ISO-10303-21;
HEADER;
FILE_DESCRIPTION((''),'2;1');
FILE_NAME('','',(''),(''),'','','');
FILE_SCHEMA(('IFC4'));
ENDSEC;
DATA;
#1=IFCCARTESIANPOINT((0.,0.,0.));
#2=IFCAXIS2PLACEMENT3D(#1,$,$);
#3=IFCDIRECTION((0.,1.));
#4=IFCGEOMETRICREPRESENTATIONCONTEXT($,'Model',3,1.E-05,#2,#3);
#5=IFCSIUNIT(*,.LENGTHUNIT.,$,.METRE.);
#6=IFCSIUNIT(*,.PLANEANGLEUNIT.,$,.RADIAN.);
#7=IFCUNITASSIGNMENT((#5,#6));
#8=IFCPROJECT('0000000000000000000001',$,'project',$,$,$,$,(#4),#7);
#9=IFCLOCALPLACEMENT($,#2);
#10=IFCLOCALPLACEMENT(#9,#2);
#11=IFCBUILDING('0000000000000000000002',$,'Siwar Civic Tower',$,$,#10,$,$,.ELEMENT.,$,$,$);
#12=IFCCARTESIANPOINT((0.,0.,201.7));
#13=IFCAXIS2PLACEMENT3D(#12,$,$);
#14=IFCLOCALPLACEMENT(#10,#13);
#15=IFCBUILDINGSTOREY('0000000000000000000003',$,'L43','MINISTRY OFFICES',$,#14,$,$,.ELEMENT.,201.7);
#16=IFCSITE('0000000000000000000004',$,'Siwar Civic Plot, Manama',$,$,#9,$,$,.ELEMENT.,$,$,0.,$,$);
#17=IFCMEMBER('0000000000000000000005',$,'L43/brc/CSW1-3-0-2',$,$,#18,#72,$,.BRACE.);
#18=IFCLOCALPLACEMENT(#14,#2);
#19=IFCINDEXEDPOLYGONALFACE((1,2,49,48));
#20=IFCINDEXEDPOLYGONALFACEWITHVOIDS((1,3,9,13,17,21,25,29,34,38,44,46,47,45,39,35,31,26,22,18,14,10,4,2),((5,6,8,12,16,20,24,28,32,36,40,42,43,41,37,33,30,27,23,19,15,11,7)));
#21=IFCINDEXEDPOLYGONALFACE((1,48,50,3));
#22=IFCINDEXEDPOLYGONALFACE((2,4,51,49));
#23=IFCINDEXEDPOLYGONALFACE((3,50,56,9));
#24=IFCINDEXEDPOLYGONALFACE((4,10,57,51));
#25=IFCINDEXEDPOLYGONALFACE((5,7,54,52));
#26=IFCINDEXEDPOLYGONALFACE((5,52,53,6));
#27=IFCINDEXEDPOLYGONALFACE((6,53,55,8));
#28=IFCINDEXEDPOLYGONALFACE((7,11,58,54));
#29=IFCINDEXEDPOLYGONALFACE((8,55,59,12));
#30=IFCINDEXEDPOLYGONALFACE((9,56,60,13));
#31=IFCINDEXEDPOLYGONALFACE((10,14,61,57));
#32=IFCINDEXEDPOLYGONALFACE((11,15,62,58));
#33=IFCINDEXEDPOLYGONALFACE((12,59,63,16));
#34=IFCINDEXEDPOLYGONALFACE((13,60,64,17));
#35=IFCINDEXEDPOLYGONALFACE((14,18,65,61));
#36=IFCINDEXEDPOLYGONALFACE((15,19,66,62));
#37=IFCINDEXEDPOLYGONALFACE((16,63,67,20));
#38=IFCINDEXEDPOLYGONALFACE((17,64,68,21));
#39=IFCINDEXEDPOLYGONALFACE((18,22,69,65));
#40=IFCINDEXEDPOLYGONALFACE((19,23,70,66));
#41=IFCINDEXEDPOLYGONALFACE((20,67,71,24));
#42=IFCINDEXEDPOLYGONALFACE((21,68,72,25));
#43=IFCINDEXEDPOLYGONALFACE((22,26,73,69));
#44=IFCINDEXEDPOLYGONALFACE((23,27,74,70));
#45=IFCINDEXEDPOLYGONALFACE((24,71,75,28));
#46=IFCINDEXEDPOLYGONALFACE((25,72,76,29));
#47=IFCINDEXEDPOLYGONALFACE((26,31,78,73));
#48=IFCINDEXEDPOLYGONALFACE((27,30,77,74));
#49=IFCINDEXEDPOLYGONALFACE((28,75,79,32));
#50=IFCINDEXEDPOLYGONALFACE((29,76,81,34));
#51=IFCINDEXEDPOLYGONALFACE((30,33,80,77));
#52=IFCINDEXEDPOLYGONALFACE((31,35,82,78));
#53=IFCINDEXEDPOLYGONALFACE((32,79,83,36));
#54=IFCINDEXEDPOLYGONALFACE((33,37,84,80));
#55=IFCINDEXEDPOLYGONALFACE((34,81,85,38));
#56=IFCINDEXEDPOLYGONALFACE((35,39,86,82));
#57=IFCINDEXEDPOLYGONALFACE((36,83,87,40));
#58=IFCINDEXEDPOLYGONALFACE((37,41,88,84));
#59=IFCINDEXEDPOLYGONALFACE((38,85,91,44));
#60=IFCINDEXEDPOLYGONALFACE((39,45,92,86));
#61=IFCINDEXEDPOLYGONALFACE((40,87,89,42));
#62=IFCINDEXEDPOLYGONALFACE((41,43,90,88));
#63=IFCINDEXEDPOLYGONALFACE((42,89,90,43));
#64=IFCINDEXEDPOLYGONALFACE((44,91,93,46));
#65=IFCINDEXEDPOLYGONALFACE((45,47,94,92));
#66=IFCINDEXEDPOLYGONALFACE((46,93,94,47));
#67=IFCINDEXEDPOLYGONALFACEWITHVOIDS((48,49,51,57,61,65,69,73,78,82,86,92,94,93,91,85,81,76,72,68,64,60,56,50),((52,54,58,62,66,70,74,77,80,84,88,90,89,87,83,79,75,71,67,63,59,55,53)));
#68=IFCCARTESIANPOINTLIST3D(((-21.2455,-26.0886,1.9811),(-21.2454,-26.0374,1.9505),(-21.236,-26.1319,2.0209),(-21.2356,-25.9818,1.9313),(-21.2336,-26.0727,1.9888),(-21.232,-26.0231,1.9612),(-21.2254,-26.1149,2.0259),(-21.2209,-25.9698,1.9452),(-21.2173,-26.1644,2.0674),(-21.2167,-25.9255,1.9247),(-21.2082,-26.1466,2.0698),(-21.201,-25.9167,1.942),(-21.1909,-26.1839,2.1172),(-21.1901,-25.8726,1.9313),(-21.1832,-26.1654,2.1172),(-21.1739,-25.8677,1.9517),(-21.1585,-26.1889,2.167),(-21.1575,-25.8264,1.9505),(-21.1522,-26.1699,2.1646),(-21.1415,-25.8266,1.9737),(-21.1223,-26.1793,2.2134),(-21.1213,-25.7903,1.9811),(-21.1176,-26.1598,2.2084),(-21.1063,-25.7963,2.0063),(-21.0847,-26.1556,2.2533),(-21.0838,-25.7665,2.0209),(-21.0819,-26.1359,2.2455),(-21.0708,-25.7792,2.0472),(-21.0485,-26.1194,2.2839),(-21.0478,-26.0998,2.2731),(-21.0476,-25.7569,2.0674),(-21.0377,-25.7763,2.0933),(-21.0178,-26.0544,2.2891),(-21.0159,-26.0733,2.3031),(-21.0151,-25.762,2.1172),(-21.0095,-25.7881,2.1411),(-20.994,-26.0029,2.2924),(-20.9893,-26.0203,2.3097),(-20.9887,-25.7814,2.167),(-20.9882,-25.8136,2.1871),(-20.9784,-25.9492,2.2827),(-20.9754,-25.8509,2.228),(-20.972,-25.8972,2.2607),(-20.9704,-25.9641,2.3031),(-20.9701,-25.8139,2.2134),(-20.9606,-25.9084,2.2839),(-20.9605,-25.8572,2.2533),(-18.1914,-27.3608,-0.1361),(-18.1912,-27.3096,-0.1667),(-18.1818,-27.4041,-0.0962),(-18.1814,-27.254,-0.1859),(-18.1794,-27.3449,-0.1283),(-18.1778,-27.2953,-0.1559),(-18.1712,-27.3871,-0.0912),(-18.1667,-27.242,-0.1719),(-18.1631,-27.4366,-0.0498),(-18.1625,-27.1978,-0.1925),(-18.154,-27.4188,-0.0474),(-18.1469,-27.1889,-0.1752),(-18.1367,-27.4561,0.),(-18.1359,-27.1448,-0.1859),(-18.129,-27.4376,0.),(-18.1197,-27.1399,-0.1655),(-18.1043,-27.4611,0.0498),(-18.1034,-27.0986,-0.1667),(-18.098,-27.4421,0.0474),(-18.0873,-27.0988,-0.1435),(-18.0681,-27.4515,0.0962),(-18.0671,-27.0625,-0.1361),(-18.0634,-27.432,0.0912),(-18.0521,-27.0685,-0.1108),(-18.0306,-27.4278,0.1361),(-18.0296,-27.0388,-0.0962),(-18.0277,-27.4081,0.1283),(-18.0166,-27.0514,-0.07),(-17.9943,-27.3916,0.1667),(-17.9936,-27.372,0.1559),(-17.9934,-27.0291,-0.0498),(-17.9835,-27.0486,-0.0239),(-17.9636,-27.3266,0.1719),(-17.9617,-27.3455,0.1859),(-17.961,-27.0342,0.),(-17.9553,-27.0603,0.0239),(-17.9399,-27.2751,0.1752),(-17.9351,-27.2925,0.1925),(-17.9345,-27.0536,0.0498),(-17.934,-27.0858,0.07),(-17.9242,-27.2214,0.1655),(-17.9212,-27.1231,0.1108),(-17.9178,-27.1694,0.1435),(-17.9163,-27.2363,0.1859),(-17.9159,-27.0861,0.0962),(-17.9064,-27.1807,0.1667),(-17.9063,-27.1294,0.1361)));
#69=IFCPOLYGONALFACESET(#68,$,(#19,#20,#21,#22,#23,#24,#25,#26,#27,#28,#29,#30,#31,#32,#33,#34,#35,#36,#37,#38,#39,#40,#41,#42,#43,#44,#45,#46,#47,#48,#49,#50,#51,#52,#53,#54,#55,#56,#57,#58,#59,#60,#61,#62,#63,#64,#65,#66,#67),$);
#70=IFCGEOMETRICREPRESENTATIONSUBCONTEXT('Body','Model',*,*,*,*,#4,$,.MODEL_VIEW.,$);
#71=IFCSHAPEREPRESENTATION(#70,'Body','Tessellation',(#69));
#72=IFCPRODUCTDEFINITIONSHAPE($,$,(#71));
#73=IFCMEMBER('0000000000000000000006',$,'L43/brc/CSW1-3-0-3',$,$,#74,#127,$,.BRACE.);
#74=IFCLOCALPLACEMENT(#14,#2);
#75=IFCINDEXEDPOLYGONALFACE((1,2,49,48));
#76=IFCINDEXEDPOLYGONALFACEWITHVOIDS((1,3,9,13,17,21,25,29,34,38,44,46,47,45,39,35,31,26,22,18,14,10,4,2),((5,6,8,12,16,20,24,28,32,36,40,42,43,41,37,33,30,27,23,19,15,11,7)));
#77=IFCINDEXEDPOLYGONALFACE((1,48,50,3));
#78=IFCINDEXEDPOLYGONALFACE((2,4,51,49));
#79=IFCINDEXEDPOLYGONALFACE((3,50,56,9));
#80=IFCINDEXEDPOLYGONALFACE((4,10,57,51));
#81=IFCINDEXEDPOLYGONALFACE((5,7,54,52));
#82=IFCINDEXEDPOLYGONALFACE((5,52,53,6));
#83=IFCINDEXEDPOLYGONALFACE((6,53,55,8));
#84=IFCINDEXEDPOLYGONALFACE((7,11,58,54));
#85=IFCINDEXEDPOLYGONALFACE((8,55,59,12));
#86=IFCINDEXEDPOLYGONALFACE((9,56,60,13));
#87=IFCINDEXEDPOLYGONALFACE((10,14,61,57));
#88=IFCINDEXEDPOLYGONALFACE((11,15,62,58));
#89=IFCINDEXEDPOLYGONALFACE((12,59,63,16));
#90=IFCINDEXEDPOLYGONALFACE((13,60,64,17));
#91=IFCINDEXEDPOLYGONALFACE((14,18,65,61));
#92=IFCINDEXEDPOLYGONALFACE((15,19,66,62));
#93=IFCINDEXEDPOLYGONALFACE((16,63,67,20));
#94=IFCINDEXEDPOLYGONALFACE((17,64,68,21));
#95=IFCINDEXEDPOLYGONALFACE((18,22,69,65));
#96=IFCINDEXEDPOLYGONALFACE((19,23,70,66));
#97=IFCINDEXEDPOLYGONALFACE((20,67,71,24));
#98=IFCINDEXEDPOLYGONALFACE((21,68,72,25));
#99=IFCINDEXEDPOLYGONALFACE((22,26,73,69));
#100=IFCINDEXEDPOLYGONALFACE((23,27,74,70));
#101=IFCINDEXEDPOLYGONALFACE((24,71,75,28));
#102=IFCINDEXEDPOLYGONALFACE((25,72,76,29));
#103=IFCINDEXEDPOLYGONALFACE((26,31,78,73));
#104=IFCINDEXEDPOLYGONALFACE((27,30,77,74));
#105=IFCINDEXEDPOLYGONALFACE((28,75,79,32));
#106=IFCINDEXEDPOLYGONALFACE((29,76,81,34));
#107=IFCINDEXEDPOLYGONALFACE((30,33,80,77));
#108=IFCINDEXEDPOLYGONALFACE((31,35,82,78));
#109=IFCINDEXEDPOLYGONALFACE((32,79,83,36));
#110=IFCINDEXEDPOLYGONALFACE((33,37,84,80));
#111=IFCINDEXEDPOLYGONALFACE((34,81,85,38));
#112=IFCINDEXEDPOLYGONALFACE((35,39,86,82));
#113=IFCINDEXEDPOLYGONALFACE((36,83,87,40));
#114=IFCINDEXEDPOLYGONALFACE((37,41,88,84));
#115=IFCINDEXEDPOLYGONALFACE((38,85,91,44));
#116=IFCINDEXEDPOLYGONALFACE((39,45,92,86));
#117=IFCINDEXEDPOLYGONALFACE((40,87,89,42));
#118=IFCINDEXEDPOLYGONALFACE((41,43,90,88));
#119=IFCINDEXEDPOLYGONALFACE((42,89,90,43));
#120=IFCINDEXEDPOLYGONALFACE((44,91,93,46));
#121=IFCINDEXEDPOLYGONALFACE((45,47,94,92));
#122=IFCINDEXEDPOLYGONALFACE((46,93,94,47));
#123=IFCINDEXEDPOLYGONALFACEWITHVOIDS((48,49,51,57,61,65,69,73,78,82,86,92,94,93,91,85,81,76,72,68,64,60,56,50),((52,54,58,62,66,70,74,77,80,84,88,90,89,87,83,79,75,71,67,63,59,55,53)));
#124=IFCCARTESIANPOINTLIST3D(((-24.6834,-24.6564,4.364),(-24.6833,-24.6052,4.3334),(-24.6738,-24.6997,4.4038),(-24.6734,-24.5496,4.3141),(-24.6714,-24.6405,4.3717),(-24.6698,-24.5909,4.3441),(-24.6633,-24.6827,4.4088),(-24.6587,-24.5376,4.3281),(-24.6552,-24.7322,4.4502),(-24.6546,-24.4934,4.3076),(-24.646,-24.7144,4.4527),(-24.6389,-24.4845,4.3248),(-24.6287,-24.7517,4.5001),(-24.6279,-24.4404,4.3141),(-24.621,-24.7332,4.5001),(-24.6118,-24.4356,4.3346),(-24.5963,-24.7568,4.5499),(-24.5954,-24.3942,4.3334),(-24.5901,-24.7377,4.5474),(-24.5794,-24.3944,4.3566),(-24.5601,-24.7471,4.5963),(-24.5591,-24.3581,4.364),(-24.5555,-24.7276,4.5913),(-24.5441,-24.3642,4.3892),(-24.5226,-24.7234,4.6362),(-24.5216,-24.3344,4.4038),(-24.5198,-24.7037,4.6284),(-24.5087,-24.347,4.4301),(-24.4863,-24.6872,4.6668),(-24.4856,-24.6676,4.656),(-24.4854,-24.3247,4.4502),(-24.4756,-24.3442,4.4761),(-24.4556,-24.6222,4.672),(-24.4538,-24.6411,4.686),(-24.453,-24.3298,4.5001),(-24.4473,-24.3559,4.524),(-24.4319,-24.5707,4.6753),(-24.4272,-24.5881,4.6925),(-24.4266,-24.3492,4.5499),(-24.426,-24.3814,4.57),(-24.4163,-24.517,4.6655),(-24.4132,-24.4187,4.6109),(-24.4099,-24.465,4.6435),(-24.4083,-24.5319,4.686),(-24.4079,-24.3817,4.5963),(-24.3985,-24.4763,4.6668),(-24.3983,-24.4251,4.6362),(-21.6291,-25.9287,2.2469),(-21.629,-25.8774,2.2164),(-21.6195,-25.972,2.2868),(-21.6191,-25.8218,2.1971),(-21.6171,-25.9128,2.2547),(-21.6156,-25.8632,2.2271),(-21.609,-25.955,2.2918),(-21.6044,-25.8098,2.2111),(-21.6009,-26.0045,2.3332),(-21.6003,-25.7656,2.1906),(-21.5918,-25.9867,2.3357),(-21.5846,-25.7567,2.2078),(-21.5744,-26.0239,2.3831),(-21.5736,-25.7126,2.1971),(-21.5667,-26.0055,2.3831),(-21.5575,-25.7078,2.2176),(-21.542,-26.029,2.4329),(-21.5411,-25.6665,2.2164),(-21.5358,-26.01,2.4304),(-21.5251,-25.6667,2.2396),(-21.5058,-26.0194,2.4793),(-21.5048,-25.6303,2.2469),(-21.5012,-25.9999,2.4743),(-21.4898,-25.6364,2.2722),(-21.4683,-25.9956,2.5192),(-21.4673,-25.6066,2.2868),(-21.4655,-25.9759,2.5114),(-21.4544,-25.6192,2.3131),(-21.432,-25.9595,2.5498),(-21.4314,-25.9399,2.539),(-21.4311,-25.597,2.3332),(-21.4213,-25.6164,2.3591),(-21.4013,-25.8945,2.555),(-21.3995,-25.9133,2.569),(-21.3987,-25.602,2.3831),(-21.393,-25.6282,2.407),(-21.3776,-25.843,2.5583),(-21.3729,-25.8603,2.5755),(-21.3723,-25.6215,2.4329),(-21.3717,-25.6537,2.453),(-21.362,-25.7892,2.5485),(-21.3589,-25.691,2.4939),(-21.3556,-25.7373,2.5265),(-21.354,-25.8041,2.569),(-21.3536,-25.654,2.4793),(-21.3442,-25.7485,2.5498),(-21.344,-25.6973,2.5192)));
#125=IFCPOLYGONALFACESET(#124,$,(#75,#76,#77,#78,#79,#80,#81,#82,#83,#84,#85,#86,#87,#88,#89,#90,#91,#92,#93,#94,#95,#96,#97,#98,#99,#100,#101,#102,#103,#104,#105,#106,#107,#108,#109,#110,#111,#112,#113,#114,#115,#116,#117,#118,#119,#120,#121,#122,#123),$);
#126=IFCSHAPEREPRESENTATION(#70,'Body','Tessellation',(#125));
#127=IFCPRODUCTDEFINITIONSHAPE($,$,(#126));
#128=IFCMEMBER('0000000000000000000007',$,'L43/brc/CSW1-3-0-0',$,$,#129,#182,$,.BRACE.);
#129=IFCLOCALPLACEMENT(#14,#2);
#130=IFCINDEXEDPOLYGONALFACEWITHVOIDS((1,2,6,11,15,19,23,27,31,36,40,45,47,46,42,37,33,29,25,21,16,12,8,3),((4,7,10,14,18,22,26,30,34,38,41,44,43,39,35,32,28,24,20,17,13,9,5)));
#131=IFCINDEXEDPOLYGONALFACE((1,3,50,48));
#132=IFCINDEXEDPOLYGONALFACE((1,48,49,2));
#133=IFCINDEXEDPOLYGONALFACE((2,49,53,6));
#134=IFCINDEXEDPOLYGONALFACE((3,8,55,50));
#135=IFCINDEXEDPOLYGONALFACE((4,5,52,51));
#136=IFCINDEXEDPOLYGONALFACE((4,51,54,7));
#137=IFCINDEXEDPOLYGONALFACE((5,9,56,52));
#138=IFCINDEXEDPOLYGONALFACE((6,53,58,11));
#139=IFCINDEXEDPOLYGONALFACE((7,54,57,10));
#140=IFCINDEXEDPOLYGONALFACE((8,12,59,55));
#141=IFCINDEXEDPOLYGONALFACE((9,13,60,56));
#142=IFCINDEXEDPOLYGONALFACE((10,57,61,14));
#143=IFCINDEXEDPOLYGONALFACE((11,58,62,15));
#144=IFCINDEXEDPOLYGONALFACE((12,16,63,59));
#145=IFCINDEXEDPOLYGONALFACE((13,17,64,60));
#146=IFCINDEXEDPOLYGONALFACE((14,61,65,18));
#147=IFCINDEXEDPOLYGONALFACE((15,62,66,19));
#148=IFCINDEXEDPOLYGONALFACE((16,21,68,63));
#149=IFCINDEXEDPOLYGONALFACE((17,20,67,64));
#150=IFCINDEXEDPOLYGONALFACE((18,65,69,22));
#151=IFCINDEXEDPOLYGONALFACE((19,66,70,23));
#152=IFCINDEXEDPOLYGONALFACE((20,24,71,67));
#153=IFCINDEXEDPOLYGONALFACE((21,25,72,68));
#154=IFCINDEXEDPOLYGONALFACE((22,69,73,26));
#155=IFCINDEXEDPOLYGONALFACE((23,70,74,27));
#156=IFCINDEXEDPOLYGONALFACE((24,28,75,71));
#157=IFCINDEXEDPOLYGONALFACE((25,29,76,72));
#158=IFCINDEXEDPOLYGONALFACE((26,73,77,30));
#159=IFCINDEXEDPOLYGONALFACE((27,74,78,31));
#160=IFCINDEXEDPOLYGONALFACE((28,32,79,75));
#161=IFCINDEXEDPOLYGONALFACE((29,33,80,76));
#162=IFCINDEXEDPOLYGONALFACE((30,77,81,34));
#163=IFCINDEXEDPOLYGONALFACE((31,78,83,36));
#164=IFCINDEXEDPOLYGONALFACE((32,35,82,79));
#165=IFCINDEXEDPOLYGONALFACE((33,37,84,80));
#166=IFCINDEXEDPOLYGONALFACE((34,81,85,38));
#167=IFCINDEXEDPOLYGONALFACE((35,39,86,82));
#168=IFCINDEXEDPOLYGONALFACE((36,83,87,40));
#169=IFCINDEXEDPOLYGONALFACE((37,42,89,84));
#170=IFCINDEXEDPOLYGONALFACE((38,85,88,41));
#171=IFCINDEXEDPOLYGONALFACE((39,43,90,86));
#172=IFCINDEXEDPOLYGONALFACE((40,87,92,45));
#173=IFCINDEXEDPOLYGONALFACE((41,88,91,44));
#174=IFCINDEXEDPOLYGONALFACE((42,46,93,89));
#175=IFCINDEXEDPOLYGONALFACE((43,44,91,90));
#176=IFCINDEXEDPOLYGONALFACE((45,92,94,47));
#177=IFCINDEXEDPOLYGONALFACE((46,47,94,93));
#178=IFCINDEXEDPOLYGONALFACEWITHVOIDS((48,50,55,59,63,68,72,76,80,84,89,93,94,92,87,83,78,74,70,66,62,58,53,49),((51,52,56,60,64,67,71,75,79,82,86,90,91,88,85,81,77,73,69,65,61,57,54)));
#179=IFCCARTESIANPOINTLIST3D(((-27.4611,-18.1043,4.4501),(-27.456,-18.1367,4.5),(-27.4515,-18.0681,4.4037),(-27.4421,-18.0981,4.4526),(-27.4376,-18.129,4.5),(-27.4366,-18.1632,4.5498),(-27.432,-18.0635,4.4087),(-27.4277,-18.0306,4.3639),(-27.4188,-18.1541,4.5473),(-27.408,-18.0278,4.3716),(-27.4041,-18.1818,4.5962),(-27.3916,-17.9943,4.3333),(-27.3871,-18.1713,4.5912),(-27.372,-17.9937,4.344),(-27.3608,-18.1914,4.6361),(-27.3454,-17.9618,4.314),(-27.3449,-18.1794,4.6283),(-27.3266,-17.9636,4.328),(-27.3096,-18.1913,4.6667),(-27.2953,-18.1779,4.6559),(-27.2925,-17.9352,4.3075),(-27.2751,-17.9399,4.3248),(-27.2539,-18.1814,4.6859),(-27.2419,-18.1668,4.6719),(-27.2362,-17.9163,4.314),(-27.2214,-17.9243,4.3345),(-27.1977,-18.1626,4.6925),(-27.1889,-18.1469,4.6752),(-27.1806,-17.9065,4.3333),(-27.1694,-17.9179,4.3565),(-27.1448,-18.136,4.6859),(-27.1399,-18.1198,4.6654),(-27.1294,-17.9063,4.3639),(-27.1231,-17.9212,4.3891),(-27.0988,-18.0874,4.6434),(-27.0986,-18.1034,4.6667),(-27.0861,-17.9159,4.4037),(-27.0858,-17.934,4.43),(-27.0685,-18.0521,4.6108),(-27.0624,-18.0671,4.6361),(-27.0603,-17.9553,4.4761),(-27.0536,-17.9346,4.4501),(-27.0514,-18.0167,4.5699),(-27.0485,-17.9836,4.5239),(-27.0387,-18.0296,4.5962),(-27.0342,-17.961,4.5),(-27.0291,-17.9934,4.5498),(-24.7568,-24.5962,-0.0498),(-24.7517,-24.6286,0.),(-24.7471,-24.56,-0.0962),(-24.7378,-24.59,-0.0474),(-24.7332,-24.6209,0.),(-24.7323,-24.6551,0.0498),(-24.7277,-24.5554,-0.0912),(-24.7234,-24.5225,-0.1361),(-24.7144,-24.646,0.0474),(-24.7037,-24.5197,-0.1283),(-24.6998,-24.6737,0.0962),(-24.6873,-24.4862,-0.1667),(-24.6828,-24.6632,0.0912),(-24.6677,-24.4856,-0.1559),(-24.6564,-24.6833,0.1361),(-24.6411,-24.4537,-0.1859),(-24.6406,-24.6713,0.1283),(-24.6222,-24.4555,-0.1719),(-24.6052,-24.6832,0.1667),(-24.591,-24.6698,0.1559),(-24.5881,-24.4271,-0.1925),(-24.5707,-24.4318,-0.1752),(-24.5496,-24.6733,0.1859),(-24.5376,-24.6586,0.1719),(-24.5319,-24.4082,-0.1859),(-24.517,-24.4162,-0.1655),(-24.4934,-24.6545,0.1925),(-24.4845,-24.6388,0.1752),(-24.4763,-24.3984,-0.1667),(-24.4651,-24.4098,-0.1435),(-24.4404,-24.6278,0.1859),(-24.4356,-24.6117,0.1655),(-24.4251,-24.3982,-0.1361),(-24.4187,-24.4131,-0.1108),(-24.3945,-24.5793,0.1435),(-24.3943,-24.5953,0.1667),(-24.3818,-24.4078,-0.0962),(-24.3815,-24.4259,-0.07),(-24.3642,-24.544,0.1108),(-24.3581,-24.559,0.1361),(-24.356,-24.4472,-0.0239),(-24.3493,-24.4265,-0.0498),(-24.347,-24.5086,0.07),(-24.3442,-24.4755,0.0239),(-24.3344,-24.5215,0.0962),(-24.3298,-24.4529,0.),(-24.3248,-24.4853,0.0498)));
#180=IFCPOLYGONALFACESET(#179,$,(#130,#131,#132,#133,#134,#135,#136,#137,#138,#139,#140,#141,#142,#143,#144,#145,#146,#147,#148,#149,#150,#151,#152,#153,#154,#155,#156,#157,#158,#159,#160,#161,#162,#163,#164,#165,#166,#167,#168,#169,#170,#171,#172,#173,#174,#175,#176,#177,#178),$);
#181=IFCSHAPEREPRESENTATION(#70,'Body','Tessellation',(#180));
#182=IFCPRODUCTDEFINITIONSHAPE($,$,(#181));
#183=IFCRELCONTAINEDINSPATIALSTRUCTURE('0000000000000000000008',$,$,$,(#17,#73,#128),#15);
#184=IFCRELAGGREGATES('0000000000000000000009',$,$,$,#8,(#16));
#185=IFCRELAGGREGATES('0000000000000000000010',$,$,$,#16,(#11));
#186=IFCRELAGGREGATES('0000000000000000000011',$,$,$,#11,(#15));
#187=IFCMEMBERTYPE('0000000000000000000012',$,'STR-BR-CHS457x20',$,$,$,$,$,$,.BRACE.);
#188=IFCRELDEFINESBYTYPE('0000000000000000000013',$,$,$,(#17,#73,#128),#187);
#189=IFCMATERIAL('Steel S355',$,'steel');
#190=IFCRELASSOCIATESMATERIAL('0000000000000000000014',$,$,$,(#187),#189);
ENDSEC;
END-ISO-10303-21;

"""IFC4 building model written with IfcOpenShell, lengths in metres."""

from ifc_helpers import new_model, si_unit, direction, frame, origin, origin_2d, place, context, subcontext, project, spatial, hollow_circle, extrude, material, material_profile, profile_set, type_object, element, save


model = new_model("IFC4")

# Units and contexts
model_context = context("Model", 3, precision=1e-05, world=origin(), true_north=direction((0.0, 1.0)))
body_context = subcontext(model_context, "Body", "Model", "MODEL_VIEW")
ifc_project = project(units=[si_unit("LENGTHUNIT", "METRE"), si_unit("PLANEANGLEUNIT", "RADIAN")], contexts=[model_context])

# Site, building, storey
site_placement = place(None, origin())
site = spatial("IfcSite", under=ifc_project, at=site_placement, Name="Siwar Civic Plot, Manama", CompositionType="ELEMENT", RefElevation=0.0)
building_placement = place(site_placement, origin())
building = spatial("IfcBuilding", under=site, at=building_placement, Name="Siwar Civic Tower", CompositionType="ELEMENT")
storey_placement = place(building_placement, frame((0.0, 0.0, 201.7)))
storey = spatial("IfcBuildingStorey", under=building, at=storey_placement, Name="L43", Description="MINISTRY OFFICES", CompositionType="ELEMENT", Elevation=201.7)

# Members
ifc_material_1 = material(Name="Steel S355", Category="steel")
ifc_material_profile_1 = material_profile(ifc_material_1, hollow_circle(Radius=0.2285, WallThickness=0.02, at=origin_2d()), Name="CHS457x20")
ifc_profile_set_1 = profile_set([ifc_material_profile_1], Name="Steel S355")
member_type_1 = type_object("IfcMemberType", Name="STR-BR-CHS457x20", PredefinedType="BRACE", material=ifc_profile_set_1)
for number, where, z_axis, x_axis, name in (
    (1, (-18.0488, -27.2451, 0.0), (-0.777546, 0.323884, 0.538999), (-0.384521, -0.923116, 0.0), "L43/brc/CSW1-3-0-2"),
    (2, (-21.4866, -25.813, 2.3831), (-0.777572, 0.323895, 0.538955), (-0.384521, -0.923116, 0.0), "L43/brc/CSW1-3-0-3"),
):
    element("IfcMember", number, at=place(storey_placement, frame(where, z_axis=z_axis, x_axis=x_axis)), inside=storey, type_object=member_type_1, Name=name, PredefinedType="BRACE", context=body_context, shape_type="SweptSolid", body=[
        extrude(hollow_circle(Radius=0.2285, WallThickness=0.02, at=origin_2d()), origin(), (0.0, 0.0, 1.0), 3.928),
    ])
member_1_placement = place(storey_placement, frame((-24.5408, -24.5408, 0.0), z_axis=(-0.323906, 0.777555, 0.538975), x_axis=(-0.923109, -0.384539, 0.0)))
element("IfcMember", 3, at=member_1_placement, inside=storey, type_object=member_type_1, Name="L43/brc/CSW1-3-0-0", PredefinedType="BRACE", context=body_context, shape_type="SweptSolid", body=[
    extrude(hollow_circle(Radius=0.2285, WallThickness=0.02, at=origin_2d()), origin(), (0.0, 0.0, 1.0), 8.3491),
])

save(model, "model.ifc")
